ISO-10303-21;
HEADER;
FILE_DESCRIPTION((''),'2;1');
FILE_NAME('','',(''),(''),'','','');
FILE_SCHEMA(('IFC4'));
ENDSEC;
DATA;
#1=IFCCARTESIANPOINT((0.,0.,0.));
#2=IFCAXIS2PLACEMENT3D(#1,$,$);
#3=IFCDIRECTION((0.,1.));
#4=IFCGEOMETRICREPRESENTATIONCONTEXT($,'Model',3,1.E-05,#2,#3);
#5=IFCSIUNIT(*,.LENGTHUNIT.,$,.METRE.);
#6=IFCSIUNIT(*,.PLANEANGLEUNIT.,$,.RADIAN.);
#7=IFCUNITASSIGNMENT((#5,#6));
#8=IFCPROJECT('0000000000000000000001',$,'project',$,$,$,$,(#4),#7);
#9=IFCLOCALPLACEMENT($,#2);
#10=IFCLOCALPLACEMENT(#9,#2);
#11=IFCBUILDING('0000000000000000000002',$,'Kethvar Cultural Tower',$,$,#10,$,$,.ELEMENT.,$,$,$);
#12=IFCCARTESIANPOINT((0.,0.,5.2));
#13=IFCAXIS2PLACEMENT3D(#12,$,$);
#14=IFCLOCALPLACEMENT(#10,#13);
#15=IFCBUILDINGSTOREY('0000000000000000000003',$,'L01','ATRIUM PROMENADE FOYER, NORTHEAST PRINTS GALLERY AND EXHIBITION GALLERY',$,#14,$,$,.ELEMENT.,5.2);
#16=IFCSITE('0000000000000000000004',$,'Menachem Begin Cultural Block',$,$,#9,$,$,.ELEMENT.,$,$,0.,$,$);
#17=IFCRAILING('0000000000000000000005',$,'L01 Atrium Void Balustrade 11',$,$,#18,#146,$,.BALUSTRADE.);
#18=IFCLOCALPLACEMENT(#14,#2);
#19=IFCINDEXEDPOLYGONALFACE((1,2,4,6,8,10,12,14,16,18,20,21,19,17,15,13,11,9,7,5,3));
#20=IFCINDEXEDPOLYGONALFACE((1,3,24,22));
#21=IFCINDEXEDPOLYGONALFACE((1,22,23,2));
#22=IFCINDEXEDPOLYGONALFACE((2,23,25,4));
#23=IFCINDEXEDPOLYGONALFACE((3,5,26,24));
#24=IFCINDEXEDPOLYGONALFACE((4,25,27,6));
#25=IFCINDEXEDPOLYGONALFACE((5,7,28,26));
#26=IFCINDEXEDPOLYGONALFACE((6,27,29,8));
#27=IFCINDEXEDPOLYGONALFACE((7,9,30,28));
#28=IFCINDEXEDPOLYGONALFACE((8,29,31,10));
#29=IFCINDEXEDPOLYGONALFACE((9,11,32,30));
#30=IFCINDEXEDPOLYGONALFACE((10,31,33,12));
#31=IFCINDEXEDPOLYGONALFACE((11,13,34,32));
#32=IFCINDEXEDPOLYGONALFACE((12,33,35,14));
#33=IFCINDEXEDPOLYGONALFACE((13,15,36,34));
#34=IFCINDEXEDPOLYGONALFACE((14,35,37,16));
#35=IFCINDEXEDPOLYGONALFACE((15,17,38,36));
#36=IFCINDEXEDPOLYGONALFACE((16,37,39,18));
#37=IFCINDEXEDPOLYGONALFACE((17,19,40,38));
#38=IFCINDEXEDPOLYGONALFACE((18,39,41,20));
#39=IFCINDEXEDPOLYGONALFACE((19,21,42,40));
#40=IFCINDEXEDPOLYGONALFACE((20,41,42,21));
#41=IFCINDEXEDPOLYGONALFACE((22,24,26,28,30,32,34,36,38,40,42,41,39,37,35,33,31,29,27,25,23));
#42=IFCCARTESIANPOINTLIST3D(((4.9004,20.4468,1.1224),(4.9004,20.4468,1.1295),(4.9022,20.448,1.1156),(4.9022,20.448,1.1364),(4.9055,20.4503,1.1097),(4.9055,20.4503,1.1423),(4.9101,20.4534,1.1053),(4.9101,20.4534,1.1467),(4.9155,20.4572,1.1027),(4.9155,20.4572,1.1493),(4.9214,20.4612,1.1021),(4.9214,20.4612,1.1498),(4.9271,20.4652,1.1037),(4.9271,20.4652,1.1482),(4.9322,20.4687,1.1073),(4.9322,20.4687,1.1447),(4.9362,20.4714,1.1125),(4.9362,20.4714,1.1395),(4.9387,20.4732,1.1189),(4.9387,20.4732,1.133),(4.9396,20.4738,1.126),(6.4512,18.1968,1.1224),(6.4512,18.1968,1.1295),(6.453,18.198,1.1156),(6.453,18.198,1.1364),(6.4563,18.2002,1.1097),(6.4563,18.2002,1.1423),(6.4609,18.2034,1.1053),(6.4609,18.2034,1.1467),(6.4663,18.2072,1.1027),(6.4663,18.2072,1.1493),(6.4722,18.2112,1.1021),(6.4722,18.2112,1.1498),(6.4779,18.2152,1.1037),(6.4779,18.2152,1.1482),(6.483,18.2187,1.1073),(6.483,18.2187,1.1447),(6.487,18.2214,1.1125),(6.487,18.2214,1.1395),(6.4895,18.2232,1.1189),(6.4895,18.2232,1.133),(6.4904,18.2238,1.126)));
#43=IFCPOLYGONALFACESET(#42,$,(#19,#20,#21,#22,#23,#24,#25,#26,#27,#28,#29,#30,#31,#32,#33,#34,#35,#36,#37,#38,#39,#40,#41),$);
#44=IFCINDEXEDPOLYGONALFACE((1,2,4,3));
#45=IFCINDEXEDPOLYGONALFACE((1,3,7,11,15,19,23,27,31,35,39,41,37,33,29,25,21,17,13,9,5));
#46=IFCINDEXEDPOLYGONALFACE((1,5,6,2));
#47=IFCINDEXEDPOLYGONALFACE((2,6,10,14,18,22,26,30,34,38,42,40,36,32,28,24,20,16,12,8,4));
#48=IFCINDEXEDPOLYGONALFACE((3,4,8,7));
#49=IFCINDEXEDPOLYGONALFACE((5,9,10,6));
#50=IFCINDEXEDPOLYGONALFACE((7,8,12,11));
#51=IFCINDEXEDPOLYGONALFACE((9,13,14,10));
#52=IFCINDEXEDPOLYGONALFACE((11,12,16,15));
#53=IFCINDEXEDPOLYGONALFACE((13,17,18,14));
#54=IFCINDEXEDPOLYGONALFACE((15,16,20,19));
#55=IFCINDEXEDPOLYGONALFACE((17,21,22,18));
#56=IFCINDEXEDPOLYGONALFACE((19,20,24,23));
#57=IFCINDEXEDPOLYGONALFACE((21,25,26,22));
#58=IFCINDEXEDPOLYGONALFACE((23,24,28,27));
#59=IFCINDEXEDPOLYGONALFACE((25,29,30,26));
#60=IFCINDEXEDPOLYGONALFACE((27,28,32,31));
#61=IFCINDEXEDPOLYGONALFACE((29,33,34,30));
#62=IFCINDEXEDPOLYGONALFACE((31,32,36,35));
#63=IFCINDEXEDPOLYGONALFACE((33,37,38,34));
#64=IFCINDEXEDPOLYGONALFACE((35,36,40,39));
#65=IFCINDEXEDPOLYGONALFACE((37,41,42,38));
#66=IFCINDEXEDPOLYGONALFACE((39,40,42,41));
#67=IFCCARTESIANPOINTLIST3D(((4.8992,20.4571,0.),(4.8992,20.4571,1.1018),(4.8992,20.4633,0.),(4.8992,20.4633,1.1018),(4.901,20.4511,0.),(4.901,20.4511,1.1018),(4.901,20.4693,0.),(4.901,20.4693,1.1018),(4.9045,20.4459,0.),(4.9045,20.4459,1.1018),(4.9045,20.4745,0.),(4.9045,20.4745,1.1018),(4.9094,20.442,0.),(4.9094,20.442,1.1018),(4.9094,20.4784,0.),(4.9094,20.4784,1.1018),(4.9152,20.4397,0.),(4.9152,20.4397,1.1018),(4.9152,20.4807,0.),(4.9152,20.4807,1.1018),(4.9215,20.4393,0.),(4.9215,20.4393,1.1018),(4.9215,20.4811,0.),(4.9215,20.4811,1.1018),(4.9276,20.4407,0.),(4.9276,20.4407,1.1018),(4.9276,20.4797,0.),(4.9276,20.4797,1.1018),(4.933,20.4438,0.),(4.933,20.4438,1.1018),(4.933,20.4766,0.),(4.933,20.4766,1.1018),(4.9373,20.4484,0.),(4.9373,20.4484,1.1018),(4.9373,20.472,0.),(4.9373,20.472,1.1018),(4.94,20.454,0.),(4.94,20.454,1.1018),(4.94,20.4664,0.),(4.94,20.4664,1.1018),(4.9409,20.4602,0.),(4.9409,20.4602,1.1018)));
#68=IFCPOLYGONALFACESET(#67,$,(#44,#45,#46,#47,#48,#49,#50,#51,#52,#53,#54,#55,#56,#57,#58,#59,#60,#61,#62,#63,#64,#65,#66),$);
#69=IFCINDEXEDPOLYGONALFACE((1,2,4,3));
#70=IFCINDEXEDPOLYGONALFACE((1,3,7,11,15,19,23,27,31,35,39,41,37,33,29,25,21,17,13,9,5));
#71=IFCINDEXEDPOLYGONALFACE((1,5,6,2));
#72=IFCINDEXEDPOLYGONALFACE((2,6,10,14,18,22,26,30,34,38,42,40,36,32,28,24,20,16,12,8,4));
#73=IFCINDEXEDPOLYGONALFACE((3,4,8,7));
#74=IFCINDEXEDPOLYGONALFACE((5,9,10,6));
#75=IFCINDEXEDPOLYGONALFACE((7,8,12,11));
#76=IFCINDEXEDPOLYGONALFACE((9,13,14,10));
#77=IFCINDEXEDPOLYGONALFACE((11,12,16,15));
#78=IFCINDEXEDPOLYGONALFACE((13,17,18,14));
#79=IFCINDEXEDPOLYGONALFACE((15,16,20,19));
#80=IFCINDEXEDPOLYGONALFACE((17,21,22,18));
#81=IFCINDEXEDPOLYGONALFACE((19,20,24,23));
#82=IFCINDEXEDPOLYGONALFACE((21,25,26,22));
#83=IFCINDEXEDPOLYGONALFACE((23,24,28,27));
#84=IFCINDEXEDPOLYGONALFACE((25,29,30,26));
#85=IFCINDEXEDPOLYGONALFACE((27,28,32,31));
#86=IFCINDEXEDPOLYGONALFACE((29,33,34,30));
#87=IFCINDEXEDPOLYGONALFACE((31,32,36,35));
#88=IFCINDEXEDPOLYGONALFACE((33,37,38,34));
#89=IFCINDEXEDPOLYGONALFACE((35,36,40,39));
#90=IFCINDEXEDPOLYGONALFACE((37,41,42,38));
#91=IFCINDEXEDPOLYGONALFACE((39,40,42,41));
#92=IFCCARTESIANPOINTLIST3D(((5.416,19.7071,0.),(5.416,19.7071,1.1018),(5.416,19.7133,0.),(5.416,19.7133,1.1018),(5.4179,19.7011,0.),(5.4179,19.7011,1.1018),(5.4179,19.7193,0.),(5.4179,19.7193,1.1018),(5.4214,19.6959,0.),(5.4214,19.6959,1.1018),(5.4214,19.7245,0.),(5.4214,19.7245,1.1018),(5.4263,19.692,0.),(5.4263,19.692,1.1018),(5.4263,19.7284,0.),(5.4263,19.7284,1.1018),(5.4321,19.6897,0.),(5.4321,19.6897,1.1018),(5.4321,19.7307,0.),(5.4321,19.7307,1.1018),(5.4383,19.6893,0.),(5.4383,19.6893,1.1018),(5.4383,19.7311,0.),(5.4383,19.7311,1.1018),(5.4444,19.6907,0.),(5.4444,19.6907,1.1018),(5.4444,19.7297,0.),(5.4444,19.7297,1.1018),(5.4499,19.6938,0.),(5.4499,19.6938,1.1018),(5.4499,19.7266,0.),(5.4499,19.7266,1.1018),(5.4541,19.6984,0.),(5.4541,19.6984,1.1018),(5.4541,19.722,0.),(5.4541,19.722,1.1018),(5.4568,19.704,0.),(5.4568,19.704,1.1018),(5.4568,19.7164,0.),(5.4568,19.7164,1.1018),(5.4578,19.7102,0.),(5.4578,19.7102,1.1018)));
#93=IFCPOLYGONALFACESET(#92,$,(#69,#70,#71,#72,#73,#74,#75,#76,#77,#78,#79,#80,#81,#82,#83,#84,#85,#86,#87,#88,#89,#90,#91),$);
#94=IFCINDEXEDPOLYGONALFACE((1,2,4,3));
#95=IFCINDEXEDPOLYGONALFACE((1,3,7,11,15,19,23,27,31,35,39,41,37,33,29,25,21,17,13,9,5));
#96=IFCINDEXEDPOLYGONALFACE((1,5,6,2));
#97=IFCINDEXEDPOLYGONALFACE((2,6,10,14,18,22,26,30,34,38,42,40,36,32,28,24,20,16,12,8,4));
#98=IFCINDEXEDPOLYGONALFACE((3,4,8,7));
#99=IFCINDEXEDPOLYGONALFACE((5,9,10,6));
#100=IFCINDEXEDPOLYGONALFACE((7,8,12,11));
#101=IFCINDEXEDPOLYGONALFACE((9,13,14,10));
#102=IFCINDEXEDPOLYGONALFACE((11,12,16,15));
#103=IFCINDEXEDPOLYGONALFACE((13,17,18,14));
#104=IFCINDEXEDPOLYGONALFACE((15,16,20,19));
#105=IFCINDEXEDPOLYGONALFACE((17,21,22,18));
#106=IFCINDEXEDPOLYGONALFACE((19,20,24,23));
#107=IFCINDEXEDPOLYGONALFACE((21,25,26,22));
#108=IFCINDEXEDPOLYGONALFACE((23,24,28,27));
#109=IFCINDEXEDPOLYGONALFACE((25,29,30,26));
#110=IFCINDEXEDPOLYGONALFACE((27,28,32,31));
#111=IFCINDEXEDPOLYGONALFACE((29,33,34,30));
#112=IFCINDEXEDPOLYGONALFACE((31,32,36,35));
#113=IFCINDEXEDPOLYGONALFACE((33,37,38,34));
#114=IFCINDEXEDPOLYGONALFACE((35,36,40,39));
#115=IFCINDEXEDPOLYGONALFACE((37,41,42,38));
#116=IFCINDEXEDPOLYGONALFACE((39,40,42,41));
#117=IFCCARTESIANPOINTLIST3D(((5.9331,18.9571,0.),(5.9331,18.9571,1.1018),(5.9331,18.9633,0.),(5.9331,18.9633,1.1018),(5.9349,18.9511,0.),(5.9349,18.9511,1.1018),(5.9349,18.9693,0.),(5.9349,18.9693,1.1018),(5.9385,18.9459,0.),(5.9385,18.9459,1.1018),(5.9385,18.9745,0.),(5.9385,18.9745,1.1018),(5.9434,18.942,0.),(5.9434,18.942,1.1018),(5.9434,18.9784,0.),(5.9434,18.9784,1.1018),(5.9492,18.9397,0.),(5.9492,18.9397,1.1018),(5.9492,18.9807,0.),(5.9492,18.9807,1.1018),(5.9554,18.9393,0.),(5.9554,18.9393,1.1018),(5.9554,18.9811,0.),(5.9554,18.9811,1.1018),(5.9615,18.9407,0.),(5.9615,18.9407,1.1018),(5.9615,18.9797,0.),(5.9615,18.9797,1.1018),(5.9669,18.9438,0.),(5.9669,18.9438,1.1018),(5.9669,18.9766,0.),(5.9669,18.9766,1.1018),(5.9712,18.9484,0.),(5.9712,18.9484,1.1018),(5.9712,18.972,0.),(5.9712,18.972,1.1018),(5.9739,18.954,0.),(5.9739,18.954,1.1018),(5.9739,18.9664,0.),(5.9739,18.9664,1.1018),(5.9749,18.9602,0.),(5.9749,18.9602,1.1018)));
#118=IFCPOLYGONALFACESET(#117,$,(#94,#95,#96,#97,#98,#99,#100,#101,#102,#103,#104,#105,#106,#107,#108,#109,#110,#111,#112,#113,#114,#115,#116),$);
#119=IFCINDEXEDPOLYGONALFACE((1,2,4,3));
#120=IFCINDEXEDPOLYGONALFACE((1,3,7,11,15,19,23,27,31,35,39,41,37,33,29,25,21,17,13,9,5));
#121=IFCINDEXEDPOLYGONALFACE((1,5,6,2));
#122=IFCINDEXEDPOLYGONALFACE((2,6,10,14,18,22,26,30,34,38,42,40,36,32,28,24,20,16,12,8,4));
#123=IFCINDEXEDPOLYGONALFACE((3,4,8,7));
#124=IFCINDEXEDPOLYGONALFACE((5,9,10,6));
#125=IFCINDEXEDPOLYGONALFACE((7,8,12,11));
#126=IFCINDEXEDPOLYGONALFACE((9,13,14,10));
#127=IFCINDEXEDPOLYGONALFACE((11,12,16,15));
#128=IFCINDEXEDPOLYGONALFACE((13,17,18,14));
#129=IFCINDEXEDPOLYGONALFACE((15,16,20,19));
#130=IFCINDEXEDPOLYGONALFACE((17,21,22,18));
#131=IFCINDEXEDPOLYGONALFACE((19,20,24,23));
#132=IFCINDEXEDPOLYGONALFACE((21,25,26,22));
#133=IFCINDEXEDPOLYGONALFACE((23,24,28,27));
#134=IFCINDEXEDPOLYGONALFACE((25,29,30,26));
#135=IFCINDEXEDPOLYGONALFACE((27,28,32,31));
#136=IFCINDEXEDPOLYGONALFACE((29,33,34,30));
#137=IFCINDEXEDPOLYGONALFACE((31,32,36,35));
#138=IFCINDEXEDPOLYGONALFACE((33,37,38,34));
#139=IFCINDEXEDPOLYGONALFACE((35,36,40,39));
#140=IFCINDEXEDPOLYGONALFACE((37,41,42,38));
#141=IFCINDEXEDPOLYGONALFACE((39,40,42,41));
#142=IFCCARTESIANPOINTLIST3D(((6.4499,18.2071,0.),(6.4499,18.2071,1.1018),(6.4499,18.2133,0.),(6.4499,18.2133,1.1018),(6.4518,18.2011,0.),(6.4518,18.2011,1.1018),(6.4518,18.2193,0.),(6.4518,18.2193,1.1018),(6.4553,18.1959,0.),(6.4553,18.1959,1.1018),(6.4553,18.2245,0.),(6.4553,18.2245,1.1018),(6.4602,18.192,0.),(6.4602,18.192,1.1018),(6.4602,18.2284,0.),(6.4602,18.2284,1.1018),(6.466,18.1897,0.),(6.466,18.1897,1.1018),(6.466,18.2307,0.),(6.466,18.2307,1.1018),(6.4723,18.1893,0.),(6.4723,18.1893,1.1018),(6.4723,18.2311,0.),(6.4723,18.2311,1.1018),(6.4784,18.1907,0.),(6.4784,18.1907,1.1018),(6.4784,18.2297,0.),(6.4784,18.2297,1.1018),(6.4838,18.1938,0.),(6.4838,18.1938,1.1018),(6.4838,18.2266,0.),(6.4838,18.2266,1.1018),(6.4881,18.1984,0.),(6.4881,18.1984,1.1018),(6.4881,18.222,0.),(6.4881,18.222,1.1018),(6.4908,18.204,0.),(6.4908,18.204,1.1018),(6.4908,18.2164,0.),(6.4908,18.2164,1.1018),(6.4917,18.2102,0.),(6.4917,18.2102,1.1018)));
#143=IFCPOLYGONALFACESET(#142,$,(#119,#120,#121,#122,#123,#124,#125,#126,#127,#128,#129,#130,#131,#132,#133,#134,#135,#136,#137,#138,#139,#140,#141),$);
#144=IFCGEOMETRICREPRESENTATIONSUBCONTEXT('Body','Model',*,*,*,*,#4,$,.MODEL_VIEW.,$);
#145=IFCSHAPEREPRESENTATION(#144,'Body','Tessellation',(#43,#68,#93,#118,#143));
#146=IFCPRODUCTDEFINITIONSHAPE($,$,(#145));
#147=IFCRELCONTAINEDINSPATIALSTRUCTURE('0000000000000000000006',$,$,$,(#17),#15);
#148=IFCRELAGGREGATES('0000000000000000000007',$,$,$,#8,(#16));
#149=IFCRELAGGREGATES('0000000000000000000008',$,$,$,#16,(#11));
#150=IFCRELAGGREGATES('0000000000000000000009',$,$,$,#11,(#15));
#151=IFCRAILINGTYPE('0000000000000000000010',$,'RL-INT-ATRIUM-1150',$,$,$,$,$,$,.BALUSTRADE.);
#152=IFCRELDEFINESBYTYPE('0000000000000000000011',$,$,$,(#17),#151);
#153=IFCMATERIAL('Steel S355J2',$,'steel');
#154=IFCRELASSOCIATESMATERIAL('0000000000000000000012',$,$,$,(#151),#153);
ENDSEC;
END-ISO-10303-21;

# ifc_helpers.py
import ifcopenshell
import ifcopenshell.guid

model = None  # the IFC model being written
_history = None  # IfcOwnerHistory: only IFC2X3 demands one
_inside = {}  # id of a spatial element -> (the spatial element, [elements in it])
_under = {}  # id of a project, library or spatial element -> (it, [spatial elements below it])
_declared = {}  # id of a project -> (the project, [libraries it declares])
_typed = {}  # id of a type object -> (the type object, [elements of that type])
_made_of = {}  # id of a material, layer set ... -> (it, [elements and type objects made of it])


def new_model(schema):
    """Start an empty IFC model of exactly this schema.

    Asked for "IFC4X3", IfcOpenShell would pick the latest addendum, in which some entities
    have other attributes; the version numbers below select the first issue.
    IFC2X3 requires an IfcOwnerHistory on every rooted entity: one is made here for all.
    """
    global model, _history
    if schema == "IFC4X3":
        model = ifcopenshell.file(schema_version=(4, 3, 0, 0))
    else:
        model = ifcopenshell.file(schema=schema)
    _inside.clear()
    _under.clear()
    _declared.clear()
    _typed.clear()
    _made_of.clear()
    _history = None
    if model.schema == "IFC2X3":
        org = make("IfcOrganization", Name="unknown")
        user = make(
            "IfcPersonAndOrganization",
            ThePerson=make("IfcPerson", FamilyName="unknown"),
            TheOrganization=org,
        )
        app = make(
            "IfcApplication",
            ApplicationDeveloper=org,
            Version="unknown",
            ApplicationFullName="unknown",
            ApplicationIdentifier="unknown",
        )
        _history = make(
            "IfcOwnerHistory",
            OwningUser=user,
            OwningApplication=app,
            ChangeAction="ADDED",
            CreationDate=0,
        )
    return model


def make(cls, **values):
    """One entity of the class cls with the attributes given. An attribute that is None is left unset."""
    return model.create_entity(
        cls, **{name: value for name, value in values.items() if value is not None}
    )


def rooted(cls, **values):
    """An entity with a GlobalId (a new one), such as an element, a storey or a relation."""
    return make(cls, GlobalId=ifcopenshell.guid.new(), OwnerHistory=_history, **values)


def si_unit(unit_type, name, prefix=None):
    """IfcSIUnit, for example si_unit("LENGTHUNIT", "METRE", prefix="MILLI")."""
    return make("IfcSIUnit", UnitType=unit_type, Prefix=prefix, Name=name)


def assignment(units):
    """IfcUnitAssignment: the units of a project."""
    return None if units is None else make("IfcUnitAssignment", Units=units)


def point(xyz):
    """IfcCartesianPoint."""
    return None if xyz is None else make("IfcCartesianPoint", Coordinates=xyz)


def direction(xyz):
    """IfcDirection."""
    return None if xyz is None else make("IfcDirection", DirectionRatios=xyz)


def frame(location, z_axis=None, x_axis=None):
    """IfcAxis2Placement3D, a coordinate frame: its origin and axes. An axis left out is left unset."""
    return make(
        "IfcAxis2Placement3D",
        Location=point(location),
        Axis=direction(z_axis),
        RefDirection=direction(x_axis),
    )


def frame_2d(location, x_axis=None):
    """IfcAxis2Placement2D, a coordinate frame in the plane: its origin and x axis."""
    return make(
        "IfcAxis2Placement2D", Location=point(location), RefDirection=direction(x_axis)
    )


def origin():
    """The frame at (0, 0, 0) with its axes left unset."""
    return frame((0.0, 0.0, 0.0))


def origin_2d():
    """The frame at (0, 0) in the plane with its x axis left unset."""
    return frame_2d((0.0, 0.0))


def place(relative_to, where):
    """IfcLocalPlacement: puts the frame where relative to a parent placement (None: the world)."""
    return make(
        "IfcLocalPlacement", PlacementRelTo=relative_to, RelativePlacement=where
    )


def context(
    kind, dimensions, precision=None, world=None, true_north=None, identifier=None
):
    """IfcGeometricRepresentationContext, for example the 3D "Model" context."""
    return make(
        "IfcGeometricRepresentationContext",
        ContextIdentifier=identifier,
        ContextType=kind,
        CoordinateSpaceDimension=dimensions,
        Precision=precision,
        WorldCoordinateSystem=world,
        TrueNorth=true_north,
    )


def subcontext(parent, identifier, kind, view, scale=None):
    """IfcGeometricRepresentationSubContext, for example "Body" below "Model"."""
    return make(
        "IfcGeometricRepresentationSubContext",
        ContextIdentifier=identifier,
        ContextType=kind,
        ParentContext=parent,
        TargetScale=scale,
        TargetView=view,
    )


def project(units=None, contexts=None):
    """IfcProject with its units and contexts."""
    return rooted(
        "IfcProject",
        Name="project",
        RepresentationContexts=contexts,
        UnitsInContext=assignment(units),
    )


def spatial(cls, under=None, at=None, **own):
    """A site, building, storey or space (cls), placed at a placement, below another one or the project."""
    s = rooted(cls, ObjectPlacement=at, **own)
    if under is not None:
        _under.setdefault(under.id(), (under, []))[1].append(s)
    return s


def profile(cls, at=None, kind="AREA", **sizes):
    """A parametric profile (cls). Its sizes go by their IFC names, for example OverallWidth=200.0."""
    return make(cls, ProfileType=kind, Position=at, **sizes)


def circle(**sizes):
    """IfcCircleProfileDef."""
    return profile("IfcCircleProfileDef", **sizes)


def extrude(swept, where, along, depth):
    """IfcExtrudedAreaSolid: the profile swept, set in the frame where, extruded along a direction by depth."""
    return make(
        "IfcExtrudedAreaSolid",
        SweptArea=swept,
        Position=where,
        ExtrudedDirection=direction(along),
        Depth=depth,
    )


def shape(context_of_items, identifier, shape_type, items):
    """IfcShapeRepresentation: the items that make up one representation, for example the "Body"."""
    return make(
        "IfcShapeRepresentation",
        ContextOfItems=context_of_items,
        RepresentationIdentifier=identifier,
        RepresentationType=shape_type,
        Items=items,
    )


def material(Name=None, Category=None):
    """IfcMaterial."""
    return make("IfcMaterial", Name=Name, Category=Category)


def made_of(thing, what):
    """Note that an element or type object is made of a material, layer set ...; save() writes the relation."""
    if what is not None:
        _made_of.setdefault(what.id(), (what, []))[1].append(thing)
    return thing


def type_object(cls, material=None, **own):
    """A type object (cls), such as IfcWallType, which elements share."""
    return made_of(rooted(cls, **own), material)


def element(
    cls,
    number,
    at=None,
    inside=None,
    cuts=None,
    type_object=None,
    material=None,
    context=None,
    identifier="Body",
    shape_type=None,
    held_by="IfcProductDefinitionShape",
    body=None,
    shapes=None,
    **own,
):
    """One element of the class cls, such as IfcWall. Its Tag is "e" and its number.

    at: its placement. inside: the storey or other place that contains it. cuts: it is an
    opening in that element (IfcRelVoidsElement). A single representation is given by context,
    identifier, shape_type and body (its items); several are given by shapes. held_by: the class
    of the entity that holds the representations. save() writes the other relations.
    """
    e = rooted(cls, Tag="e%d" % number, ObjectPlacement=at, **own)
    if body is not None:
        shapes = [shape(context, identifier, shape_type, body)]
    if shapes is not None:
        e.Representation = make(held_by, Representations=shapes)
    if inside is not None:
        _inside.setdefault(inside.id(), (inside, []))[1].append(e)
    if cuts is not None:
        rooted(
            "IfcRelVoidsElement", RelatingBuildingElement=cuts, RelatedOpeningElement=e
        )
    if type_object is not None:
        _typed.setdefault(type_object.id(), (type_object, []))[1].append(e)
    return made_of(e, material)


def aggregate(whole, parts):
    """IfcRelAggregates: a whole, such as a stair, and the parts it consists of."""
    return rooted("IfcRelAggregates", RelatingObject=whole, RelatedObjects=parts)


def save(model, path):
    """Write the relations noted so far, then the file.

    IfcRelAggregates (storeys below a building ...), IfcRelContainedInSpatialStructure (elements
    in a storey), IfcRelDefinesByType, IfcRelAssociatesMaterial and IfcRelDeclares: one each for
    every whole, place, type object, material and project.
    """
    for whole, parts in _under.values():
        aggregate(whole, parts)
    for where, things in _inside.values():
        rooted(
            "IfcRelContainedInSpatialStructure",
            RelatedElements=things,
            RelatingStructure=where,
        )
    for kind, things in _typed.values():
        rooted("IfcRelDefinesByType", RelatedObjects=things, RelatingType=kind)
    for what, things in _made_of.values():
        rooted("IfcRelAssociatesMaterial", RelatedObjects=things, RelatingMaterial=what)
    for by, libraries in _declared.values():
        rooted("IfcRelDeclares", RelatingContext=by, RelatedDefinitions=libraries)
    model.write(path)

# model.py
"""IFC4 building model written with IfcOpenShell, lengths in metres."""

from ifc_helpers import new_model, si_unit, direction, frame, origin, origin_2d, place, context, subcontext, project, spatial, circle, extrude, material, type_object, element, save


model = new_model("IFC4")

# Units and contexts
model_context = context("Model", 3, precision=1e-05, world=origin(), true_north=direction((0.0, 1.0)))
body_context = subcontext(model_context, "Body", "Model", "MODEL_VIEW")
ifc_project = project(units=[si_unit("LENGTHUNIT", "METRE"), si_unit("PLANEANGLEUNIT", "RADIAN")], contexts=[model_context])

# Site, building, storey
site_placement = place(None, origin())
site = spatial("IfcSite", under=ifc_project, at=site_placement, Name="Menachem Begin Cultural Block", CompositionType="ELEMENT", RefElevation=0.0)
building_placement = place(site_placement, origin())
building = spatial("IfcBuilding", under=site, at=building_placement, Name="Kethvar Cultural Tower", CompositionType="ELEMENT")
storey_placement = place(building_placement, frame((0.0, 0.0, 5.2)))
storey = spatial("IfcBuildingStorey", under=building, at=storey_placement, Name="L01", Description="ATRIUM PROMENADE FOYER, NORTHEAST PRINTS GALLERY AND EXHIBITION GALLERY", CompositionType="ELEMENT", Elevation=5.2)

# Shared definitions
ifc_material_1 = material(Name="Steel S355J2", Category="steel")

# Railing
railing_type_1 = type_object("IfcRailingType", Name="RL-INT-ATRIUM-1150", PredefinedType="BALUSTRADE", material=ifc_material_1)
railing_1_placement = place(storey_placement, frame((4.9199, 20.4602, 0.0)))
element("IfcRailing", 1, at=railing_1_placement, inside=storey, type_object=railing_type_1, Name="L01 Atrium Void Balustrade 11", PredefinedType="BALUSTRADE", context=body_context, shape_type="SweptSolid", body=[
    extrude(circle(Radius=0.0239, at=origin_2d()), frame((0.0, 0.0, 1.126), z_axis=(0.567499, -0.823374, 0.0), x_axis=(0.823374, 0.567499, 0.0)), (0.0, 0.0, 1.0), 2.7327),
    extrude(circle(Radius=0.021, at=origin_2d()), origin(), (0.0, 0.0, 1.0), 1.1018),
    extrude(circle(Radius=0.021, at=origin_2d()), frame((0.5168, -0.75, 0.0)), (0.0, 0.0, 1.0), 1.1018),
    extrude(circle(Radius=0.021, at=origin_2d()), frame((1.0339, -1.5, 0.0)), (0.0, 0.0, 1.0), 1.1018),
    extrude(circle(Radius=0.021, at=origin_2d()), frame((1.5508, -2.25, 0.0)), (0.0, 0.0, 1.0), 1.1018),
])

save(model, "model.ifc")
